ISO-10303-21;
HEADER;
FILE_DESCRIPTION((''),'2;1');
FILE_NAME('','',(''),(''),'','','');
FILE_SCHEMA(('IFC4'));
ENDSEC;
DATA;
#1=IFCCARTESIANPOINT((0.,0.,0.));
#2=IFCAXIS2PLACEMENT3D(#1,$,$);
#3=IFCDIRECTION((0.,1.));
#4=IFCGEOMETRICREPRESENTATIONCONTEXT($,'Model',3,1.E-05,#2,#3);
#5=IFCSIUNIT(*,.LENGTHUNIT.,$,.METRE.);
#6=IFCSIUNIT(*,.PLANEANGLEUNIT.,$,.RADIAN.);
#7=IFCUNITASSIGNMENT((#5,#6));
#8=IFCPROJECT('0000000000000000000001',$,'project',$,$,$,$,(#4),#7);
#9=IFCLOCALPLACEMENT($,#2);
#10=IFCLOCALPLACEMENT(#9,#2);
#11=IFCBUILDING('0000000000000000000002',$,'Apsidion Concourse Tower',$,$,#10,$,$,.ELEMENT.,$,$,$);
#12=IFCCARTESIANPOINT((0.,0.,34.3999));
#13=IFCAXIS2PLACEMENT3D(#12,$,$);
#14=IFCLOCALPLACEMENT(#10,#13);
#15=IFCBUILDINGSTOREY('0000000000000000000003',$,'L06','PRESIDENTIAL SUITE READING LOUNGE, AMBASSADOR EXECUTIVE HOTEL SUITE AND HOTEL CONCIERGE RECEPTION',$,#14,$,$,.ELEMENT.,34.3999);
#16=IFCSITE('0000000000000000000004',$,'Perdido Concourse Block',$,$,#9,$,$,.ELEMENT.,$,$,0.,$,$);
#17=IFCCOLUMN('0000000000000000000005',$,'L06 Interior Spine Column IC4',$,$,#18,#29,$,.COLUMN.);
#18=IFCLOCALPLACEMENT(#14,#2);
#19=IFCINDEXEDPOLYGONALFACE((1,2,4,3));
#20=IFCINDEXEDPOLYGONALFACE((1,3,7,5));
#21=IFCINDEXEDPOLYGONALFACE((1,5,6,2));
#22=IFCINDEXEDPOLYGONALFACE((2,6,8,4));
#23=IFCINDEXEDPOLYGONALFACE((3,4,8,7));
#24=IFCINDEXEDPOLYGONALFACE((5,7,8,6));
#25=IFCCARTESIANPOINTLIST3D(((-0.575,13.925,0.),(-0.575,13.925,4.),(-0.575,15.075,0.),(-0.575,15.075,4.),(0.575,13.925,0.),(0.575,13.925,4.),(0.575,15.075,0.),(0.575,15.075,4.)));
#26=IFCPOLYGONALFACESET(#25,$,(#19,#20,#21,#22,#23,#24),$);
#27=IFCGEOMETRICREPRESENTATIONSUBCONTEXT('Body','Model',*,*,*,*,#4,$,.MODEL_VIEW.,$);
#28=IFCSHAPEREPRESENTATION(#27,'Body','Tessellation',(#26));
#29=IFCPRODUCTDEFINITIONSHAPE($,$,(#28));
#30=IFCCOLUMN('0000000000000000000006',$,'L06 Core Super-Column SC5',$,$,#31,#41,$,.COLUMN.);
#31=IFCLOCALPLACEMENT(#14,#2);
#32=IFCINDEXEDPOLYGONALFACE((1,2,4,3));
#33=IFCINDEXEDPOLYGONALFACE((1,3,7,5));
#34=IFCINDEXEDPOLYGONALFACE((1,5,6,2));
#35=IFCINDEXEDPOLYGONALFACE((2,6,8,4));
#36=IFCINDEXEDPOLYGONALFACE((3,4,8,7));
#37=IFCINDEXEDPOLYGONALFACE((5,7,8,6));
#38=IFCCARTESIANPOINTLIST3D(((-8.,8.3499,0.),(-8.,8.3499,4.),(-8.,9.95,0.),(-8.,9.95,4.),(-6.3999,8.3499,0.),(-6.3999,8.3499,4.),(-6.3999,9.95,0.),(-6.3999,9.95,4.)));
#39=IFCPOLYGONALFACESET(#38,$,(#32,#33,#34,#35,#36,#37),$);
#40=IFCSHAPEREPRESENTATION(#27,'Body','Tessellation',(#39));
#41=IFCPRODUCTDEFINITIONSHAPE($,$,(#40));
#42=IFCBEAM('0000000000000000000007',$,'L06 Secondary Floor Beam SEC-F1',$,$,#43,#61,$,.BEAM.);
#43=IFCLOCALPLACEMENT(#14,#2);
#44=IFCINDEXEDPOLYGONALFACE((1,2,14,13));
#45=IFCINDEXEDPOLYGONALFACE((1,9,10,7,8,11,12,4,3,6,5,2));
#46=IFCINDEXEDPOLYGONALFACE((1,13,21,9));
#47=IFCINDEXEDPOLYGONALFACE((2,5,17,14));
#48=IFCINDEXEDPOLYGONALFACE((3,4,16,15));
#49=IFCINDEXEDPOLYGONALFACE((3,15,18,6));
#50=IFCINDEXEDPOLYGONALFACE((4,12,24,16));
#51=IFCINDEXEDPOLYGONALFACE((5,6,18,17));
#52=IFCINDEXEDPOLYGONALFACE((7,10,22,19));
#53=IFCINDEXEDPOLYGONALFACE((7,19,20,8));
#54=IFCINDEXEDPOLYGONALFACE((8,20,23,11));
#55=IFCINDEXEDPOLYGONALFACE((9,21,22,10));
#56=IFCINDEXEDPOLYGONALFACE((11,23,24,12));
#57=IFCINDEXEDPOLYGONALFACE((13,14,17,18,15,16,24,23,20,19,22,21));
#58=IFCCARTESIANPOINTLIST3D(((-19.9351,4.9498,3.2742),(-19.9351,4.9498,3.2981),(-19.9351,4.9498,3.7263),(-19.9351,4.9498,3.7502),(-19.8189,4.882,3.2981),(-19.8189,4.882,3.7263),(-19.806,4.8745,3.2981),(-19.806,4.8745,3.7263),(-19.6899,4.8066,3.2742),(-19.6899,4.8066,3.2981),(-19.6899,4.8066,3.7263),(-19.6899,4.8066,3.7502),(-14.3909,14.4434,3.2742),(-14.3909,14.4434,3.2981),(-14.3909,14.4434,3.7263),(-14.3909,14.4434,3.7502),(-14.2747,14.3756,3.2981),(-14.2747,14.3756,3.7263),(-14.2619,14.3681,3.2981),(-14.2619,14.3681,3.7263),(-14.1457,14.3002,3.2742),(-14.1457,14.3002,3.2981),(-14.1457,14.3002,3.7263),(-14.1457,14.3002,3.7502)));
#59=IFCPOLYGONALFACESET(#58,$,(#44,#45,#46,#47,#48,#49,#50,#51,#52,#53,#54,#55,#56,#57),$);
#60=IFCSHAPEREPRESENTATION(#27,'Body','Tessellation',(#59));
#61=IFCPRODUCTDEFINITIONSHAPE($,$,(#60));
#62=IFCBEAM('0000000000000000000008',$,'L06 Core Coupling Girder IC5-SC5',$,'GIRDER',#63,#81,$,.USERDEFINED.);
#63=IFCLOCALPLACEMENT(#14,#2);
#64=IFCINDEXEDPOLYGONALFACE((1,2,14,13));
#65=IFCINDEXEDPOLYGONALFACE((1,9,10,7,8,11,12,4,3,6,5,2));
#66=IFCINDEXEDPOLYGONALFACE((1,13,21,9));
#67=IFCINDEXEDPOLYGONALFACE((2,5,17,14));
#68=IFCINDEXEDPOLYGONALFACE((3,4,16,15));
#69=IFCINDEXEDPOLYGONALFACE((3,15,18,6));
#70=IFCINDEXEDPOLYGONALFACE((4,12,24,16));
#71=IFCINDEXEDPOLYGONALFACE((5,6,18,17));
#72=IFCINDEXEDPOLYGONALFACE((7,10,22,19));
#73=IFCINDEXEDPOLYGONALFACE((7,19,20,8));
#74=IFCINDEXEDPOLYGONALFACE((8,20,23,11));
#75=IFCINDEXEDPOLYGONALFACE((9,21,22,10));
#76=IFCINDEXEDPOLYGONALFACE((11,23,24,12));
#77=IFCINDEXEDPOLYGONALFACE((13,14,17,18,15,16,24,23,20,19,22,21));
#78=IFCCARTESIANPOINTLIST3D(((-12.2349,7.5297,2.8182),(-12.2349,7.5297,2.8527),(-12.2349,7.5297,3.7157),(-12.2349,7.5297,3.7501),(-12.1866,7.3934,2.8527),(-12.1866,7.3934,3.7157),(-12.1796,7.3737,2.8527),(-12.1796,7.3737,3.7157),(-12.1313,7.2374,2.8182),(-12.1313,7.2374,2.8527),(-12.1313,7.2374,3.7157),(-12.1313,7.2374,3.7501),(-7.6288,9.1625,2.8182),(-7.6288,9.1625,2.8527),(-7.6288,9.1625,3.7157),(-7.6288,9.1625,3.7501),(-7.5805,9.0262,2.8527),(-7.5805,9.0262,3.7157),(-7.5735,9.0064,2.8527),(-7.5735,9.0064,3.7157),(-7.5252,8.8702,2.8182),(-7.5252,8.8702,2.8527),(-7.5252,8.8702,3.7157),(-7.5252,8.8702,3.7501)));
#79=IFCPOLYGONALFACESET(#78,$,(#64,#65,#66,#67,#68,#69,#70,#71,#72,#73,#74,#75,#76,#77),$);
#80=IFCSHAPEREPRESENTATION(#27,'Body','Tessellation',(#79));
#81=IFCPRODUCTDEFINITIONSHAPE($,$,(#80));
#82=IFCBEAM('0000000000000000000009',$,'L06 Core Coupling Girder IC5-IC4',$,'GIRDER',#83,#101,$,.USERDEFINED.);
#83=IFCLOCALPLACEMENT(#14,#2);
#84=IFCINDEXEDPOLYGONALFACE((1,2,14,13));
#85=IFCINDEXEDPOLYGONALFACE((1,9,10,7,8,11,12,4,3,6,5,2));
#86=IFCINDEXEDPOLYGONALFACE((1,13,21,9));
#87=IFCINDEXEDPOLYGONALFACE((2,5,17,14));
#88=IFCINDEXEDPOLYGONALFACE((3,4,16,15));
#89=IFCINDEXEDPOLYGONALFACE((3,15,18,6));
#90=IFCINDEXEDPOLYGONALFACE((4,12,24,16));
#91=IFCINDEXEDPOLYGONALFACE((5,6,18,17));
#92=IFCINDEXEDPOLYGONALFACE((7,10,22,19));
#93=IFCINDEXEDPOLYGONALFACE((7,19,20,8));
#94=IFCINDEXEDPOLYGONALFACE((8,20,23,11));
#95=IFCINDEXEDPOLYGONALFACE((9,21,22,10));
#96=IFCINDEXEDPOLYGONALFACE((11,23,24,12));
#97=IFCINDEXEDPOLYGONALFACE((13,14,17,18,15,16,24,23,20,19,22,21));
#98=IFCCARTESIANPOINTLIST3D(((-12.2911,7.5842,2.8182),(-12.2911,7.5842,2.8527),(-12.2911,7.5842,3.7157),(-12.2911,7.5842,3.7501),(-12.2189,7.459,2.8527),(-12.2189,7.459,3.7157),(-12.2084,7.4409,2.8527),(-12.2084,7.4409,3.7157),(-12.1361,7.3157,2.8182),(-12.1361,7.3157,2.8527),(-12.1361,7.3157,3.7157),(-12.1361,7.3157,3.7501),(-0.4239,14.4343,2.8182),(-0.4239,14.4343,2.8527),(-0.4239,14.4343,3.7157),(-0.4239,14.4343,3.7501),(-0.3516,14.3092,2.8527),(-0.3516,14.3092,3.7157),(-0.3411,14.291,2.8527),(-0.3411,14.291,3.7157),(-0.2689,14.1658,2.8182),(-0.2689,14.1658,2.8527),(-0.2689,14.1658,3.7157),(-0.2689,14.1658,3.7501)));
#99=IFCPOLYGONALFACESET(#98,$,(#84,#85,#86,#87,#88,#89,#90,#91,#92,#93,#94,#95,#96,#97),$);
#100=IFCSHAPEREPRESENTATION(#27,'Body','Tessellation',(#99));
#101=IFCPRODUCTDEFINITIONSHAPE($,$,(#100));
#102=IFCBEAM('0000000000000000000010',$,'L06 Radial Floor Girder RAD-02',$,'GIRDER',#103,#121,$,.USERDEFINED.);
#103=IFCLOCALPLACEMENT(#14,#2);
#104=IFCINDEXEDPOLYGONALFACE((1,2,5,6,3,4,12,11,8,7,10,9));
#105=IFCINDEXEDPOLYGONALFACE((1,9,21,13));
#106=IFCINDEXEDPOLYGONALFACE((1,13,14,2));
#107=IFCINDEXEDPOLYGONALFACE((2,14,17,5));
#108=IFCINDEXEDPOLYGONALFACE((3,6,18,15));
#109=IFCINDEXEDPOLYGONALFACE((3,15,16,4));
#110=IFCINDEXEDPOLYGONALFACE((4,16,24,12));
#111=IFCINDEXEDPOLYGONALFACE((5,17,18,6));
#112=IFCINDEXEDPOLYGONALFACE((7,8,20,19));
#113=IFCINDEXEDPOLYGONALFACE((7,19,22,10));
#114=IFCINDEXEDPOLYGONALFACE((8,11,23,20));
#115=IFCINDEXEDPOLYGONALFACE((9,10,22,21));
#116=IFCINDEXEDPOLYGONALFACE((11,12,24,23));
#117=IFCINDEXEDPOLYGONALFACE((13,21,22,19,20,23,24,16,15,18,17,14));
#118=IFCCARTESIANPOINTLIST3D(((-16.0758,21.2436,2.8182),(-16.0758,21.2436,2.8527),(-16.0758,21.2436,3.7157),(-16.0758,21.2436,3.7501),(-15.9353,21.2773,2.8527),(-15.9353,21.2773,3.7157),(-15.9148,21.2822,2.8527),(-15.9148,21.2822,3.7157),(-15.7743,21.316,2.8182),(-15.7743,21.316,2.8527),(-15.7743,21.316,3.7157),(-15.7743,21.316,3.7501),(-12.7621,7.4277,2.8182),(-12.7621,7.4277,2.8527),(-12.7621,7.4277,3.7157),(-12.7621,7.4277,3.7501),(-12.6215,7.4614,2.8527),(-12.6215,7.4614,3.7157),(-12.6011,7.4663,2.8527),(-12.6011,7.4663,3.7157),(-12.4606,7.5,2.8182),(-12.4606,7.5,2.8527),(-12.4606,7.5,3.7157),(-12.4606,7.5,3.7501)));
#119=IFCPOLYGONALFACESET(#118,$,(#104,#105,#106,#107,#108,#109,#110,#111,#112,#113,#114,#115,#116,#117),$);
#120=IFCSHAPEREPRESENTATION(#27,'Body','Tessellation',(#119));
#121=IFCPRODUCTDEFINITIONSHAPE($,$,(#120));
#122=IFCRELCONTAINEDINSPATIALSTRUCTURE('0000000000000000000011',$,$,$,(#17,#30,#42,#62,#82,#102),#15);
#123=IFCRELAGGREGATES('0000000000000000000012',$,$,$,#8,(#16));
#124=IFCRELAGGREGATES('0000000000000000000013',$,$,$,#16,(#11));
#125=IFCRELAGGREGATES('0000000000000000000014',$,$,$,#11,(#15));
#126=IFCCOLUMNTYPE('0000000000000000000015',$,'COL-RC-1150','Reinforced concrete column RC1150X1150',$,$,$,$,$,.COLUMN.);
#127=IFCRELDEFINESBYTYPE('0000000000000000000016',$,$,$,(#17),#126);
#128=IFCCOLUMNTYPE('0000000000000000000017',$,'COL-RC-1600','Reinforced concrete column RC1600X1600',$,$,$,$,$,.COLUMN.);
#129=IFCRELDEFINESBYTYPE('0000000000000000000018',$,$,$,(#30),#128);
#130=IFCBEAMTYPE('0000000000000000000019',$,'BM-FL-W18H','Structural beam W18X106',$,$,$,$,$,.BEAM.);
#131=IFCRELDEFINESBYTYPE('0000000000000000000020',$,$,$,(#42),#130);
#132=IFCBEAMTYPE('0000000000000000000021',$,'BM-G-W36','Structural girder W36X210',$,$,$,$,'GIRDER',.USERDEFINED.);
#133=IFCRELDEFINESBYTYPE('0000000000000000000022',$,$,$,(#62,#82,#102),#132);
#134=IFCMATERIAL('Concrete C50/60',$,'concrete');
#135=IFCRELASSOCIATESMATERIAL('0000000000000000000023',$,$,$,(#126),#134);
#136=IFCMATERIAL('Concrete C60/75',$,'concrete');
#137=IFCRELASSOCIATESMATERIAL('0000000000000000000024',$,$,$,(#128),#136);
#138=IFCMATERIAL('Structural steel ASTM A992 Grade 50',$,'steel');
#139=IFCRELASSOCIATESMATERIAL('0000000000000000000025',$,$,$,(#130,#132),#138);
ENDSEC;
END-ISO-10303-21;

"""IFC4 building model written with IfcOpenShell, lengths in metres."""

from ifc_helpers import new_model, si_unit, direction, frame, origin, origin_2d, place, context, subcontext, project, spatial, rectangle, i_section, extrude, material, material_profile, profile_set, type_object, element, save


model = new_model("IFC4")

# Units and contexts
model_context = context("Model", 3, precision=1e-05, world=origin(), true_north=direction((0.0, 1.0)))
body_context = subcontext(model_context, "Body", "Model", "MODEL_VIEW")
ifc_project = project(units=[si_unit("LENGTHUNIT", "METRE"), si_unit("PLANEANGLEUNIT", "RADIAN")], contexts=[model_context])

# Site, building, storey
site_placement = place(None, origin())
site = spatial("IfcSite", under=ifc_project, at=site_placement, Name="Perdido Concourse Block", CompositionType="ELEMENT", RefElevation=0.0)
building_placement = place(site_placement, origin())
building = spatial("IfcBuilding", under=site, at=building_placement, Name="Apsidion Concourse Tower", CompositionType="ELEMENT")
storey_placement = place(building_placement, frame((0.0, 0.0, 34.3999)))
storey = spatial("IfcBuildingStorey", under=building, at=storey_placement, Name="L06", Description="PRESIDENTIAL SUITE READING LOUNGE, AMBASSADOR EXECUTIVE HOTEL SUITE AND HOTEL CONCIERGE RECEPTION", CompositionType="ELEMENT", Elevation=34.3999)

# Columns
ifc_material_1 = material(Name="Concrete C50/60", Category="concrete")
ifc_material_profile_1 = material_profile(ifc_material_1, rectangle(XDim=1.1499, YDim=1.1499, at=origin_2d()), Name="RC 1150x1150")
ifc_profile_set_1 = profile_set([ifc_material_profile_1], Name="Concrete C50/60")
column_type_1 = type_object("IfcColumnType", Name="COL-RC-1150", Description="Reinforced concrete column RC1150X1150", PredefinedType="COLUMN", material=ifc_profile_set_1)
column_1_placement = place(storey_placement, frame((0.0, 14.5, 0.0), z_axis=(0.0, 0.0, 1.0), x_axis=(1.0, 0.0, 0.0)))
element("IfcColumn", 1, at=column_1_placement, inside=storey, type_object=column_type_1, Name="L06 Interior Spine Column IC4", PredefinedType="COLUMN", context=body_context, shape_type="SweptSolid", body=[
    extrude(rectangle(XDim=1.1499, YDim=1.1499, at=origin_2d()), origin(), (0.0, 0.0, 1.0), 4.0),
])
ifc_material_2 = material(Name="Concrete C60/75", Category="concrete")
ifc_material_profile_2 = material_profile(ifc_material_2, rectangle(XDim=1.6001, YDim=1.6001, at=origin_2d()), Name="RC 1600x1600")
ifc_profile_set_2 = profile_set([ifc_material_profile_2], Name="Concrete C60/75")
column_type_2 = type_object("IfcColumnType", Name="COL-RC-1600", Description="Reinforced concrete column RC1600X1600", PredefinedType="COLUMN", material=ifc_profile_set_2)
column_2_placement = place(storey_placement, frame((-7.2, 9.1499, 0.0), z_axis=(0.0, 0.0, 1.0), x_axis=(1.0, 0.0, 0.0)))
element("IfcColumn", 2, at=column_2_placement, inside=storey, type_object=column_type_2, Name="L06 Core Super-Column SC5", PredefinedType="COLUMN", context=body_context, shape_type="SweptSolid", body=[
    extrude(rectangle(XDim=1.6001, YDim=1.6001, at=origin_2d()), origin(), (0.0, 0.0, 1.0), 4.0),
])

# Beams
ifc_material_3 = material(Name="Structural steel ASTM A992 Grade 50", Category="steel")
ifc_material_profile_3 = material_profile(ifc_material_3, i_section(OverallWidth=0.2839, OverallDepth=0.4761, WebThickness=0.0149, FlangeThickness=0.0239, at=origin_2d()), Name="W18X106")
ifc_profile_set_3 = profile_set([ifc_material_profile_3], Name="Structural steel ASTM A992 Grade 50")
beam_type_1 = type_object("IfcBeamType", Name="BM-FL-W18H", Description="Structural beam W18X106", PredefinedType="BEAM", material=ifc_profile_set_3)
beam_1_placement = place(storey_placement, frame((-14.2683, 14.3718, 3.5122), z_axis=(-0.504293, -0.863532, 0.0), x_axis=(0.863532, -0.504293, 0.0)))
element("IfcBeam", 3, at=beam_1_placement, inside=storey, type_object=beam_type_1, Name="L06 Secondary Floor Beam SEC-F1", PredefinedType="BEAM", context=body_context, shape_type="SweptSolid", body=[
    extrude(i_section(OverallWidth=0.2839, OverallDepth=0.4761, WebThickness=0.0149, FlangeThickness=0.0239, at=origin_2d()), origin(), (0.0, 0.0, 1.0), 10.9939),
])
ifc_material_profile_4 = material_profile(ifc_material_3, i_section(OverallWidth=0.3101, OverallDepth=0.9319, WebThickness=0.021, FlangeThickness=0.0344, at=origin_2d()), Name="W36X210")
ifc_profile_set_4 = profile_set([ifc_material_profile_4], Name="Structural steel ASTM A992 Grade 50")
beam_type_2 = type_object("IfcBeamType", Name="BM-G-W36", Description="Structural girder W36X210", ElementType="GIRDER", PredefinedType="USERDEFINED", material=ifc_profile_set_4)
beam_2_placement = place(storey_placement, frame((-12.1831, 7.3835, 3.2842), z_axis=(0.942534, 0.334111, 0.0), x_axis=(-0.334111, 0.942534, 0.0)))
element("IfcBeam", 4, at=beam_2_placement, inside=storey, type_object=beam_type_2, Name="L06 Core Coupling Girder IC5-SC5", ObjectType="GIRDER", PredefinedType="USERDEFINED", context=body_context, shape_type="SweptSolid", body=[
    extrude(i_section(OverallWidth=0.3101, OverallDepth=0.9319, WebThickness=0.021, FlangeThickness=0.0344, at=origin_2d()), origin(), (0.0, 0.0, 1.0), 4.887),
])
beam_3_placement = place(storey_placement, frame((-12.2136, 7.45, 3.2842), z_axis=(0.86607, 0.499922, 0.0), x_axis=(-0.499922, 0.86607, 0.0)))
element("IfcBeam", 5, at=beam_3_placement, inside=storey, type_object=beam_type_2, Name="L06 Core Coupling Girder IC5-IC4", ObjectType="GIRDER", PredefinedType="USERDEFINED", context=body_context, shape_type="SweptSolid", body=[
    extrude(i_section(OverallWidth=0.3101, OverallDepth=0.9319, WebThickness=0.021, FlangeThickness=0.0344, at=origin_2d()), origin(), (0.0, 0.0, 1.0), 13.7024),
])
beam_4_placement = place(storey_placement, frame((-12.6113, 7.4639, 3.2842), z_axis=(-0.233233, 0.972421, 0.0), x_axis=(-0.972421, -0.233233, 0.0)))
element("IfcBeam", 6, at=beam_4_placement, inside=storey, type_object=beam_type_2, Name="L06 Radial Floor Girder RAD-02", ObjectType="GIRDER", PredefinedType="USERDEFINED", context=body_context, shape_type="SweptSolid", body=[
    extrude(i_section(OverallWidth=0.3101, OverallDepth=0.9319, WebThickness=0.021, FlangeThickness=0.0344, at=origin_2d()), origin(), (0.0, 0.0, 1.0), 14.2078),
])

save(model, "model.ifc")
